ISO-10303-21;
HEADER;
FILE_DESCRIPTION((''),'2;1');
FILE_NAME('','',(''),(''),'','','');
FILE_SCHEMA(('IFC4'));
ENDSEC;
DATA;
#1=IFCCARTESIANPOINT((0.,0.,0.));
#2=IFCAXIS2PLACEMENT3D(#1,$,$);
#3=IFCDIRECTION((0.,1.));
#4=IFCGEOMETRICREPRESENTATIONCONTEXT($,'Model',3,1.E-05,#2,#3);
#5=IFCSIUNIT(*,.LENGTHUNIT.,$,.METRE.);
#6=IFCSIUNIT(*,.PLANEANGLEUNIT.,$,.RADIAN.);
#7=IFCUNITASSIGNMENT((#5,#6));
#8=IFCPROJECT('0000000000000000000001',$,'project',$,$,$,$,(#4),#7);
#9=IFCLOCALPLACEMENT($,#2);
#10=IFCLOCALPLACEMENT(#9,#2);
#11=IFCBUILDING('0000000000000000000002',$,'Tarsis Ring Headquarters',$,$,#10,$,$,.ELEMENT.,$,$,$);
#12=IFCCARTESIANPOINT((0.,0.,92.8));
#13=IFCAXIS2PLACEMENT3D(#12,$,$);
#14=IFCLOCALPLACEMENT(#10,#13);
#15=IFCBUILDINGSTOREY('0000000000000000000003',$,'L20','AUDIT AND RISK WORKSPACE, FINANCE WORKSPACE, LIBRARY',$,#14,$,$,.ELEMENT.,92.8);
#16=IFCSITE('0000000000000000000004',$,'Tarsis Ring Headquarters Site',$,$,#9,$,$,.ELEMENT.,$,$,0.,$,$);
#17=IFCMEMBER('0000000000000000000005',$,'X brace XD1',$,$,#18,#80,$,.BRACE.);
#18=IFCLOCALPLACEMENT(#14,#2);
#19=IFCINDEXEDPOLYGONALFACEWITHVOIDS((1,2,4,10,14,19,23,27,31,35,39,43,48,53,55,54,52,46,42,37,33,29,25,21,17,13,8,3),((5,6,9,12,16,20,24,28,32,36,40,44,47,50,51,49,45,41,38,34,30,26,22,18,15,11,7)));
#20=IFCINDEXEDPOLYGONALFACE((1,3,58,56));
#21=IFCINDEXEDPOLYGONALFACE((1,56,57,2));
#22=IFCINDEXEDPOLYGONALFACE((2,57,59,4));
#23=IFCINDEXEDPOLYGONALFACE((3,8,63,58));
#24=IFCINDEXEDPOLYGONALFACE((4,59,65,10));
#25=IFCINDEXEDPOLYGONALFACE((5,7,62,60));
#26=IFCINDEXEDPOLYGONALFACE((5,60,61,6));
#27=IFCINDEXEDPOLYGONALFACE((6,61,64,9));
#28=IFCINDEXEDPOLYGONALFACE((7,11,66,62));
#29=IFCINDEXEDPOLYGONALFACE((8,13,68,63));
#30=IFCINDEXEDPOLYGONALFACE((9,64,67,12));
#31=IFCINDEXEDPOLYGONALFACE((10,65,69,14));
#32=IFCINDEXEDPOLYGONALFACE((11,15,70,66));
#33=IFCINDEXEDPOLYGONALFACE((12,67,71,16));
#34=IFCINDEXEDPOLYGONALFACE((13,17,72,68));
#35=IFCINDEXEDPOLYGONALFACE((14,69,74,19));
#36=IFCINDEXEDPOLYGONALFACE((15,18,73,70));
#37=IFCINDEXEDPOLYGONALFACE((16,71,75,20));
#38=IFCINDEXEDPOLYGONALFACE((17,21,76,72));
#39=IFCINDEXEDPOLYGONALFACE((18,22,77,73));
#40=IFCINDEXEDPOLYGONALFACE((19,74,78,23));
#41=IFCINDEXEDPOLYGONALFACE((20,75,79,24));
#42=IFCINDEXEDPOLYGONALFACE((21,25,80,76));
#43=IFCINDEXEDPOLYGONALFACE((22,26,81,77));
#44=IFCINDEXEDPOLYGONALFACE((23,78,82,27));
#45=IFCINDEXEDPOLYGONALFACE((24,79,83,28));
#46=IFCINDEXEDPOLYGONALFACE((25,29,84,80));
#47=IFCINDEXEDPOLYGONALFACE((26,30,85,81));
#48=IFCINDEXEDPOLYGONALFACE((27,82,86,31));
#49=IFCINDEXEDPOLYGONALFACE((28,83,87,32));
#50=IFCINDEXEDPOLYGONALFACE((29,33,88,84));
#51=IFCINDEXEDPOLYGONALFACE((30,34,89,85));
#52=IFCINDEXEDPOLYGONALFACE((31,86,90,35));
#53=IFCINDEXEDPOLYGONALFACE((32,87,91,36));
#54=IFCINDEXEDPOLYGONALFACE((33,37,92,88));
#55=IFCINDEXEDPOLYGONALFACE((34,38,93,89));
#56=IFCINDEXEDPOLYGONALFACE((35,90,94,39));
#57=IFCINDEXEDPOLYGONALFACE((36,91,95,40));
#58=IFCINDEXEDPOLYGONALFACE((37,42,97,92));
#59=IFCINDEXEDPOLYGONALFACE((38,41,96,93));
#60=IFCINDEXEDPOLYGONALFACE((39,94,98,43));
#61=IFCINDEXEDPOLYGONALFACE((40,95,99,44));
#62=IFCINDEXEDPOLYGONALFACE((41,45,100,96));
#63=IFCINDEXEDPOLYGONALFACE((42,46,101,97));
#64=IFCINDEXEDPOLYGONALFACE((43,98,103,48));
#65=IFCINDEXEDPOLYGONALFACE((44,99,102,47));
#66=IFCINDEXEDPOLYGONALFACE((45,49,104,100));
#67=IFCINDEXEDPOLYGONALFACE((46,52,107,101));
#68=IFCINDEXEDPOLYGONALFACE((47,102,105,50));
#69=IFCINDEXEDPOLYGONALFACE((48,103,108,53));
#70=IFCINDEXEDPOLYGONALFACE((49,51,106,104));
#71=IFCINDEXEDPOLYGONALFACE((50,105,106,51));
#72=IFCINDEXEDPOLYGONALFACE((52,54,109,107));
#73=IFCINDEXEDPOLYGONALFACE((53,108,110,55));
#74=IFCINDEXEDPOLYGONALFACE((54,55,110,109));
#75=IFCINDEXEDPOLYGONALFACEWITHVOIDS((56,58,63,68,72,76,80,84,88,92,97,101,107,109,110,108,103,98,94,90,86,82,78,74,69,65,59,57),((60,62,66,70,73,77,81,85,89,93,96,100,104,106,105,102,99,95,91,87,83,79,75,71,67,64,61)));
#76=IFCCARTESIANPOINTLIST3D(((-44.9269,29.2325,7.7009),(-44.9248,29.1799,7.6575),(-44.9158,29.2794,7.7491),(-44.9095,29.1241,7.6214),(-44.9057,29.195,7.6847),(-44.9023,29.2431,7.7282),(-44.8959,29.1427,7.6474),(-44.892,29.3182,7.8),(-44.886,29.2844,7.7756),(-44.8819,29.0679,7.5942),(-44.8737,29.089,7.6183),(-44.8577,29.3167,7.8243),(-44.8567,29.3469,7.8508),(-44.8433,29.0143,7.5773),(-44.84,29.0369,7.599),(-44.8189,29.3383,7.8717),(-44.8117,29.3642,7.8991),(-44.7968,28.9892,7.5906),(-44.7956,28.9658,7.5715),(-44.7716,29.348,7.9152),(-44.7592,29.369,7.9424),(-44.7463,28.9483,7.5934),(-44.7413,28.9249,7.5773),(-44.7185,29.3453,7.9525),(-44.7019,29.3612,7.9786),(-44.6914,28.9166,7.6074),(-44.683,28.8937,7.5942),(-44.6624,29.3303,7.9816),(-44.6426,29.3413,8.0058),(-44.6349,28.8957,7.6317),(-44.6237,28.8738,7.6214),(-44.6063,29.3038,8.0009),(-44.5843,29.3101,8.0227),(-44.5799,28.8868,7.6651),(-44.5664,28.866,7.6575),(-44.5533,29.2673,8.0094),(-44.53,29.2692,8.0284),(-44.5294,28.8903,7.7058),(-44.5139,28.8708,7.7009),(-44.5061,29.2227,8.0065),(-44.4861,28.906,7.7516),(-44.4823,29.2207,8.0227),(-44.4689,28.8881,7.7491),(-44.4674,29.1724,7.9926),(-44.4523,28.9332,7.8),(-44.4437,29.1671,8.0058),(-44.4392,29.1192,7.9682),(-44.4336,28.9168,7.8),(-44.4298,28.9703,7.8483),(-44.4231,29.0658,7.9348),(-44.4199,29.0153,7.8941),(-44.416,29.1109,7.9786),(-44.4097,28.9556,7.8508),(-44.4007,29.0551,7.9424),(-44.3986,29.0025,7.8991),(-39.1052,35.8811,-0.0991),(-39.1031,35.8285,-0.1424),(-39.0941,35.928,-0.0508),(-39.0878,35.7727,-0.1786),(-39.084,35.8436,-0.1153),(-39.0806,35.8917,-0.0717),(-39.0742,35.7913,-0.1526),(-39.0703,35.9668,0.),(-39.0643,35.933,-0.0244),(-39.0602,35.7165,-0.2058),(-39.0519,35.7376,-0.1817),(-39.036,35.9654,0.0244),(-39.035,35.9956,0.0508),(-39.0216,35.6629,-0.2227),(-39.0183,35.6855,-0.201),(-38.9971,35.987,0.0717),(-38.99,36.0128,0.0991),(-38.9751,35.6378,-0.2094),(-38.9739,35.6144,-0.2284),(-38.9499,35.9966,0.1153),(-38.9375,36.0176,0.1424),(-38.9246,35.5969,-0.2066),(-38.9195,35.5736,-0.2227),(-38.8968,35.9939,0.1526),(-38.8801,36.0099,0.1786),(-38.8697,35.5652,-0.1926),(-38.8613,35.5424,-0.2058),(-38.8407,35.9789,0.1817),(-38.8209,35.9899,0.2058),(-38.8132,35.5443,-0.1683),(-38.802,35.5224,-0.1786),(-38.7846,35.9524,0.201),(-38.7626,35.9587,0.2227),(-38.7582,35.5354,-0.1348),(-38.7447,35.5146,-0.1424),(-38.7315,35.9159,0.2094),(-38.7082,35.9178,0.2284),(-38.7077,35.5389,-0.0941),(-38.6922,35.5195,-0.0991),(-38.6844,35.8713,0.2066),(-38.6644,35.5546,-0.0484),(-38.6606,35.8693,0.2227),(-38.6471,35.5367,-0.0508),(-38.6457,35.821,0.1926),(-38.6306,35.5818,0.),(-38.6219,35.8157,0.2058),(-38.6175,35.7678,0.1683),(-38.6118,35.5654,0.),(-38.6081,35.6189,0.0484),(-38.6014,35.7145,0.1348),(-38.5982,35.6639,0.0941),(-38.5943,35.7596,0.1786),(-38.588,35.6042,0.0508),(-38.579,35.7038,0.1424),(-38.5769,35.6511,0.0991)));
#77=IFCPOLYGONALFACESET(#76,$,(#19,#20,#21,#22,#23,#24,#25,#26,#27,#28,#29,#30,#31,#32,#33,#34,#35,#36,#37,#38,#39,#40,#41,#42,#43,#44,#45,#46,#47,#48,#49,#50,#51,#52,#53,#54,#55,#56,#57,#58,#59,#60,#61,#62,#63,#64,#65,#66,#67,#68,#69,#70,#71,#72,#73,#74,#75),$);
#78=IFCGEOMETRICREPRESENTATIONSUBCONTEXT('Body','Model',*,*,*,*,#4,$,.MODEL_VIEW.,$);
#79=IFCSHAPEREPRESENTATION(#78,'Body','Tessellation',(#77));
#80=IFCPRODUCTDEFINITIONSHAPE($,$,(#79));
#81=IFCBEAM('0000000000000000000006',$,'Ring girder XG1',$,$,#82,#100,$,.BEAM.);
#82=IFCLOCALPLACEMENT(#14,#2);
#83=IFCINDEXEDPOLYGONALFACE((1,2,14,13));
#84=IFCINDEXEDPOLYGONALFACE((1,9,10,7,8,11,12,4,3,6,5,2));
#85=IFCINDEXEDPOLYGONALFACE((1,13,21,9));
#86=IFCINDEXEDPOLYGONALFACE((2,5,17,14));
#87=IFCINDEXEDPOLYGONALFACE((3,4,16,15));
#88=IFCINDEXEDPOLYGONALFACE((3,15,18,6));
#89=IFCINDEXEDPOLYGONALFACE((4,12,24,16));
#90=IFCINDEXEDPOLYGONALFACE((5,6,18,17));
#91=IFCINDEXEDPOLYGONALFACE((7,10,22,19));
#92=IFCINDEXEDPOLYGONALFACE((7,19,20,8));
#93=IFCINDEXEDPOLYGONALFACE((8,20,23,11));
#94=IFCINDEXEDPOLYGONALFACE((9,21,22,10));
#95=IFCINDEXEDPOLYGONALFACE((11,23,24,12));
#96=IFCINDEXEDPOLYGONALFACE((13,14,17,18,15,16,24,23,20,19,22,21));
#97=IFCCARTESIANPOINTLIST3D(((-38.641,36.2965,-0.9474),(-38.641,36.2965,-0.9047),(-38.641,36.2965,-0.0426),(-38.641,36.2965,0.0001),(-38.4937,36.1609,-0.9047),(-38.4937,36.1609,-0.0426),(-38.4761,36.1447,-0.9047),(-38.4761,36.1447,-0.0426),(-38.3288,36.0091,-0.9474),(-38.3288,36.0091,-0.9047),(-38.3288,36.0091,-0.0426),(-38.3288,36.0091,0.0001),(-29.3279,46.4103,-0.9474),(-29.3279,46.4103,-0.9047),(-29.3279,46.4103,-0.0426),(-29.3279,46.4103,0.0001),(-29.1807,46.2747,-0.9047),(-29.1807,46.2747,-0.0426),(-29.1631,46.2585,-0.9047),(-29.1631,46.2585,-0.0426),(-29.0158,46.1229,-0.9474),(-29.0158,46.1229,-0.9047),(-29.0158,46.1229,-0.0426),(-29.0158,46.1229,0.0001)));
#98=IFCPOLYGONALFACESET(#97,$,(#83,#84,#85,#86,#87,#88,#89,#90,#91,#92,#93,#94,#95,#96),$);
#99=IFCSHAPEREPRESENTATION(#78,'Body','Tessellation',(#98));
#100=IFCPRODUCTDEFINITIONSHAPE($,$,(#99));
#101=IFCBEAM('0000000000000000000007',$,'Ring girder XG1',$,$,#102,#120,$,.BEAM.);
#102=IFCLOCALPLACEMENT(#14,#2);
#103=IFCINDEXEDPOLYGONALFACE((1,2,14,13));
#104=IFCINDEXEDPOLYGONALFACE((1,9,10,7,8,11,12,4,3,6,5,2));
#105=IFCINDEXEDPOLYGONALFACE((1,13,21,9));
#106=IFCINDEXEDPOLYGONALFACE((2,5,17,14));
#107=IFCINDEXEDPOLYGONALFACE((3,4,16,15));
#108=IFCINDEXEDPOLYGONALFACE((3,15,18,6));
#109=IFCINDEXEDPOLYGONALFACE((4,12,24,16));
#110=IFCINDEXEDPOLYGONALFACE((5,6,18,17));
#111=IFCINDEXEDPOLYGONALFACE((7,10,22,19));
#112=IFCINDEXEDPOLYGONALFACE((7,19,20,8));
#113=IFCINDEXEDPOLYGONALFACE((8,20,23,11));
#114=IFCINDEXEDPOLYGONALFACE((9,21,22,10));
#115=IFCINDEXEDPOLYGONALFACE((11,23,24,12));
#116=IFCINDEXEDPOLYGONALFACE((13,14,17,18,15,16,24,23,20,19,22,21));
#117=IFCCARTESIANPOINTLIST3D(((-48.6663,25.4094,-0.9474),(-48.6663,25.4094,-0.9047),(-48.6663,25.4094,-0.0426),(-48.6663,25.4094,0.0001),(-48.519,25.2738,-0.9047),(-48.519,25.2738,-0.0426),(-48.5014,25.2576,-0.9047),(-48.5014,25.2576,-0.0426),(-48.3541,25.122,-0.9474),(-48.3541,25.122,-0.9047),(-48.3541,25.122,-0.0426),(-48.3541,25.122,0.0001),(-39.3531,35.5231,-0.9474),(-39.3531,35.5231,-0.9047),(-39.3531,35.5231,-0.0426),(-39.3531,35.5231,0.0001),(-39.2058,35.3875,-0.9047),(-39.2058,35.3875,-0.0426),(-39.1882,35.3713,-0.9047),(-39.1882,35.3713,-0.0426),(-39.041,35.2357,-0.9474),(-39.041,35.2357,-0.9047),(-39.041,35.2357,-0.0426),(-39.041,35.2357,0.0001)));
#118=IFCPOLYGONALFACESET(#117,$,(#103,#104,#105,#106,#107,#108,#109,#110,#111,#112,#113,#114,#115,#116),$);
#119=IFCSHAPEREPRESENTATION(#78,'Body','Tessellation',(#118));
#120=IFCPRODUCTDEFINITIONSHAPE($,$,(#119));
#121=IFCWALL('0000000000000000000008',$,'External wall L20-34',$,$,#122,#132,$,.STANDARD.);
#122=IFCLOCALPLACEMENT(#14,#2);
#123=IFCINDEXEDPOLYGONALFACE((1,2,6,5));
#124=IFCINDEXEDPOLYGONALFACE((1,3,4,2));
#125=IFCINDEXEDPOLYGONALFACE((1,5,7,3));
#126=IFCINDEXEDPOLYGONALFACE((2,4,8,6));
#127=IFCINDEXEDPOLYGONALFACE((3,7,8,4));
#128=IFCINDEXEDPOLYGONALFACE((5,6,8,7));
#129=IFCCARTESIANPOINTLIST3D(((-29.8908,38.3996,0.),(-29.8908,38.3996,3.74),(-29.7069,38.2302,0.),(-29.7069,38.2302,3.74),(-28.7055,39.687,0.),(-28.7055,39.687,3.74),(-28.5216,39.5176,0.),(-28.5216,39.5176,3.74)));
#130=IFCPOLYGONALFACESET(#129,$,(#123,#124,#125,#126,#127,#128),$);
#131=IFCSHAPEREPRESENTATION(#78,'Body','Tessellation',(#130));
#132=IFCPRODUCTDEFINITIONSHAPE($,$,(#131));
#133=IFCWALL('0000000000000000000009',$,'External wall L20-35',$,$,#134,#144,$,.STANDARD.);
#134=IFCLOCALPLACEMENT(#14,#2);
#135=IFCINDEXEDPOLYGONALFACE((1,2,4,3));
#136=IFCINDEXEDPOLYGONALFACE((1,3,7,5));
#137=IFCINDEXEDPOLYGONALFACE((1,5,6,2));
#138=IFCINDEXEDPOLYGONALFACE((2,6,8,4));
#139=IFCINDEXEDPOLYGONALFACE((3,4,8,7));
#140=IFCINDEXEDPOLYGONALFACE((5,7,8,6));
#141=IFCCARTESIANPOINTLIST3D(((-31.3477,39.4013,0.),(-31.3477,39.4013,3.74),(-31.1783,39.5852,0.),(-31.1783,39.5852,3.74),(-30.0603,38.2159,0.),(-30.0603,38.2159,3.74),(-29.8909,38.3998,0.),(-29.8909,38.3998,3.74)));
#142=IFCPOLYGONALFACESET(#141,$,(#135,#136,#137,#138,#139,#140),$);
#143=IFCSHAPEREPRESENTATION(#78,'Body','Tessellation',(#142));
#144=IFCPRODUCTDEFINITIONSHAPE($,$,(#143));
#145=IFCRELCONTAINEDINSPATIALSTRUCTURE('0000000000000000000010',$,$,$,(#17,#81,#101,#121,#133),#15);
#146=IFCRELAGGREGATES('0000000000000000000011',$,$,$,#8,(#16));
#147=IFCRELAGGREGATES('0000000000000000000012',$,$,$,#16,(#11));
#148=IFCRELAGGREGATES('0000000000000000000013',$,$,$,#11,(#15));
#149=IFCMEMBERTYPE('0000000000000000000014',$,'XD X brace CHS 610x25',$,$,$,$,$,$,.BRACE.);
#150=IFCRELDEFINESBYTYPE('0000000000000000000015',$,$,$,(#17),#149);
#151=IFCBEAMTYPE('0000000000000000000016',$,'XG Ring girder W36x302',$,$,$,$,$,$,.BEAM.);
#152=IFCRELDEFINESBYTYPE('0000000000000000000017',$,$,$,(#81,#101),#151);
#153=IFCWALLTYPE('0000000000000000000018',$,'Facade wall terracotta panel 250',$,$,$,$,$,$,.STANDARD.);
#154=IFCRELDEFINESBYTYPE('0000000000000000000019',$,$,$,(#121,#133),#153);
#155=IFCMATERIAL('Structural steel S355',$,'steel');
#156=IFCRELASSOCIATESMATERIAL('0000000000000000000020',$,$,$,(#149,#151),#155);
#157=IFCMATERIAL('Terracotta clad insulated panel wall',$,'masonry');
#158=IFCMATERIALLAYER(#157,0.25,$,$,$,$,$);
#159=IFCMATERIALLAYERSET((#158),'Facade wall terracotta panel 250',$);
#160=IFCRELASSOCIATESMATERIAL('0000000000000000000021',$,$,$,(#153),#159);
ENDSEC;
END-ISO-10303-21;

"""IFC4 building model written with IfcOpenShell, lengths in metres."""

from ifc_helpers import new_model, si_unit, direction, frame, frame_2d, origin, origin_2d, place, context, subcontext, project, spatial, rectangle, hollow_circle, i_section, extrude, material, layer, layer_set, material_profile, profile_set, type_object, element, save


model = new_model("IFC4")

# Units and contexts
model_context = context("Model", 3, precision=1e-05, world=origin(), true_north=direction((0.0, 1.0)))
body_context = subcontext(model_context, "Body", "Model", "MODEL_VIEW")
ifc_project = project(units=[si_unit("LENGTHUNIT", "METRE"), si_unit("PLANEANGLEUNIT", "RADIAN")], contexts=[model_context])

# Site, building, storey
site_placement = place(None, origin())
site = spatial("IfcSite", under=ifc_project, at=site_placement, Name="Tarsis Ring Headquarters Site", CompositionType="ELEMENT", RefElevation=0.0)
building_placement = place(site_placement, origin())
building = spatial("IfcBuilding", under=site, at=building_placement, Name="Tarsis Ring Headquarters", CompositionType="ELEMENT")
storey_placement = place(building_placement, frame((0.0, 0.0, 92.8)))
storey = spatial("IfcBuildingStorey", under=building, at=storey_placement, Name="L20", Description="AUDIT AND RISK WORKSPACE, FINANCE WORKSPACE, LIBRARY", CompositionType="ELEMENT", Elevation=92.8)

# Shared definitions
ifc_material_1 = material(Name="Structural steel S355", Category="steel")

# Member
ifc_material_profile_1 = material_profile(ifc_material_1, hollow_circle(Radius=0.3047, WallThickness=0.0249, at=origin_2d()), Name="CHS 610x25")
ifc_profile_set_1 = profile_set([ifc_material_profile_1], Name="Structural steel S355")
member_type = type_object("IfcMemberType", Name="XD X brace CHS 610x25", PredefinedType="BRACE", material=ifc_profile_set_1)
member_placement = place(storey_placement, frame((-38.8411, 35.7661, 0.0), z_axis=(-0.493905, -0.564058, 0.661737), x_axis=(0.752342, -0.658773, 0.0)))
element("IfcMember", 1, at=member_placement, inside=storey, type_object=member_type, Name="X brace XD1", PredefinedType="BRACE", context=body_context, shape_type="SweptSolid", body=[
    extrude(hollow_circle(Radius=0.3047, WallThickness=0.0249, at=origin_2d()), origin(), (0.0, 0.0, 1.0), 11.7871),
])

# Beams
ifc_material_profile_2 = material_profile(ifc_material_1, i_section(OverallWidth=0.4243, OverallDepth=0.9475, WebThickness=0.0239, FlangeThickness=0.0427, at=origin_2d()), Name="W36x302")
ifc_profile_set_2 = profile_set([ifc_material_profile_2], Name="Structural steel S355")
beam_type = type_object("IfcBeamType", Name="XG Ring girder W36x302", PredefinedType="BEAM", material=ifc_profile_set_2)
for number, where, z_axis, x_axis, name in (
    (2, (-29.1719, 46.2666, -0.4736), (-0.677384, -0.735629, 0.0), (0.735629, -0.677384, 0.0), "Ring girder XG1"),
    (3, (-39.197, 35.3794, -0.4736), (-0.677394, -0.735621, 0.0), (0.735621, -0.677394, 0.0), "Ring girder XG1"),
):
    element("IfcBeam", number, at=place(storey_placement, frame(where, z_axis=z_axis, x_axis=x_axis)), inside=storey, type_object=beam_type, Name=name, PredefinedType="BEAM", context=body_context, shape_type="SweptSolid", body=[
        extrude(i_section(OverallWidth=0.4243, OverallDepth=0.9475, WebThickness=0.0239, FlangeThickness=0.0427, at=origin_2d()), origin(), (0.0, 0.0, 1.0), 13.7485),
    ])

# Walls
ifc_material_2 = material(Name="Terracotta clad insulated panel wall", Category="masonry")
ifc_layer = layer(ifc_material_2, 0.25)
ifc_layer_set = layer_set([ifc_layer], Name="Facade wall terracotta panel 250")
wall_type = type_object("IfcWallType", Name="Facade wall terracotta panel 250", PredefinedType="STANDARD", material=ifc_layer_set)
for number, where, z_axis, x_axis, name in (
    (4, (-28.6135, 39.6023, 0.0), (0.0, 0.0, 1.0), (-0.677347, -0.735664, 0.0), "External wall L20-34"),
    (5, (-29.9756, 38.3079, 0.0), (0.0, 0.0, 1.0), (-0.735664, 0.677347, 0.0), "External wall L20-35"),
):
    element("IfcWall", number, at=place(storey_placement, frame(where, z_axis=z_axis, x_axis=x_axis)), inside=storey, type_object=wall_type, Name=name, PredefinedType="STANDARD", context=body_context, shape_type="SweptSolid", body=[
        extrude(rectangle(XDim=1.75, YDim=0.25, at=frame_2d((0.875, 0.0))), origin(), (0.0, 0.0, 1.0), 3.74),
    ])

save(model, "model.ifc")
